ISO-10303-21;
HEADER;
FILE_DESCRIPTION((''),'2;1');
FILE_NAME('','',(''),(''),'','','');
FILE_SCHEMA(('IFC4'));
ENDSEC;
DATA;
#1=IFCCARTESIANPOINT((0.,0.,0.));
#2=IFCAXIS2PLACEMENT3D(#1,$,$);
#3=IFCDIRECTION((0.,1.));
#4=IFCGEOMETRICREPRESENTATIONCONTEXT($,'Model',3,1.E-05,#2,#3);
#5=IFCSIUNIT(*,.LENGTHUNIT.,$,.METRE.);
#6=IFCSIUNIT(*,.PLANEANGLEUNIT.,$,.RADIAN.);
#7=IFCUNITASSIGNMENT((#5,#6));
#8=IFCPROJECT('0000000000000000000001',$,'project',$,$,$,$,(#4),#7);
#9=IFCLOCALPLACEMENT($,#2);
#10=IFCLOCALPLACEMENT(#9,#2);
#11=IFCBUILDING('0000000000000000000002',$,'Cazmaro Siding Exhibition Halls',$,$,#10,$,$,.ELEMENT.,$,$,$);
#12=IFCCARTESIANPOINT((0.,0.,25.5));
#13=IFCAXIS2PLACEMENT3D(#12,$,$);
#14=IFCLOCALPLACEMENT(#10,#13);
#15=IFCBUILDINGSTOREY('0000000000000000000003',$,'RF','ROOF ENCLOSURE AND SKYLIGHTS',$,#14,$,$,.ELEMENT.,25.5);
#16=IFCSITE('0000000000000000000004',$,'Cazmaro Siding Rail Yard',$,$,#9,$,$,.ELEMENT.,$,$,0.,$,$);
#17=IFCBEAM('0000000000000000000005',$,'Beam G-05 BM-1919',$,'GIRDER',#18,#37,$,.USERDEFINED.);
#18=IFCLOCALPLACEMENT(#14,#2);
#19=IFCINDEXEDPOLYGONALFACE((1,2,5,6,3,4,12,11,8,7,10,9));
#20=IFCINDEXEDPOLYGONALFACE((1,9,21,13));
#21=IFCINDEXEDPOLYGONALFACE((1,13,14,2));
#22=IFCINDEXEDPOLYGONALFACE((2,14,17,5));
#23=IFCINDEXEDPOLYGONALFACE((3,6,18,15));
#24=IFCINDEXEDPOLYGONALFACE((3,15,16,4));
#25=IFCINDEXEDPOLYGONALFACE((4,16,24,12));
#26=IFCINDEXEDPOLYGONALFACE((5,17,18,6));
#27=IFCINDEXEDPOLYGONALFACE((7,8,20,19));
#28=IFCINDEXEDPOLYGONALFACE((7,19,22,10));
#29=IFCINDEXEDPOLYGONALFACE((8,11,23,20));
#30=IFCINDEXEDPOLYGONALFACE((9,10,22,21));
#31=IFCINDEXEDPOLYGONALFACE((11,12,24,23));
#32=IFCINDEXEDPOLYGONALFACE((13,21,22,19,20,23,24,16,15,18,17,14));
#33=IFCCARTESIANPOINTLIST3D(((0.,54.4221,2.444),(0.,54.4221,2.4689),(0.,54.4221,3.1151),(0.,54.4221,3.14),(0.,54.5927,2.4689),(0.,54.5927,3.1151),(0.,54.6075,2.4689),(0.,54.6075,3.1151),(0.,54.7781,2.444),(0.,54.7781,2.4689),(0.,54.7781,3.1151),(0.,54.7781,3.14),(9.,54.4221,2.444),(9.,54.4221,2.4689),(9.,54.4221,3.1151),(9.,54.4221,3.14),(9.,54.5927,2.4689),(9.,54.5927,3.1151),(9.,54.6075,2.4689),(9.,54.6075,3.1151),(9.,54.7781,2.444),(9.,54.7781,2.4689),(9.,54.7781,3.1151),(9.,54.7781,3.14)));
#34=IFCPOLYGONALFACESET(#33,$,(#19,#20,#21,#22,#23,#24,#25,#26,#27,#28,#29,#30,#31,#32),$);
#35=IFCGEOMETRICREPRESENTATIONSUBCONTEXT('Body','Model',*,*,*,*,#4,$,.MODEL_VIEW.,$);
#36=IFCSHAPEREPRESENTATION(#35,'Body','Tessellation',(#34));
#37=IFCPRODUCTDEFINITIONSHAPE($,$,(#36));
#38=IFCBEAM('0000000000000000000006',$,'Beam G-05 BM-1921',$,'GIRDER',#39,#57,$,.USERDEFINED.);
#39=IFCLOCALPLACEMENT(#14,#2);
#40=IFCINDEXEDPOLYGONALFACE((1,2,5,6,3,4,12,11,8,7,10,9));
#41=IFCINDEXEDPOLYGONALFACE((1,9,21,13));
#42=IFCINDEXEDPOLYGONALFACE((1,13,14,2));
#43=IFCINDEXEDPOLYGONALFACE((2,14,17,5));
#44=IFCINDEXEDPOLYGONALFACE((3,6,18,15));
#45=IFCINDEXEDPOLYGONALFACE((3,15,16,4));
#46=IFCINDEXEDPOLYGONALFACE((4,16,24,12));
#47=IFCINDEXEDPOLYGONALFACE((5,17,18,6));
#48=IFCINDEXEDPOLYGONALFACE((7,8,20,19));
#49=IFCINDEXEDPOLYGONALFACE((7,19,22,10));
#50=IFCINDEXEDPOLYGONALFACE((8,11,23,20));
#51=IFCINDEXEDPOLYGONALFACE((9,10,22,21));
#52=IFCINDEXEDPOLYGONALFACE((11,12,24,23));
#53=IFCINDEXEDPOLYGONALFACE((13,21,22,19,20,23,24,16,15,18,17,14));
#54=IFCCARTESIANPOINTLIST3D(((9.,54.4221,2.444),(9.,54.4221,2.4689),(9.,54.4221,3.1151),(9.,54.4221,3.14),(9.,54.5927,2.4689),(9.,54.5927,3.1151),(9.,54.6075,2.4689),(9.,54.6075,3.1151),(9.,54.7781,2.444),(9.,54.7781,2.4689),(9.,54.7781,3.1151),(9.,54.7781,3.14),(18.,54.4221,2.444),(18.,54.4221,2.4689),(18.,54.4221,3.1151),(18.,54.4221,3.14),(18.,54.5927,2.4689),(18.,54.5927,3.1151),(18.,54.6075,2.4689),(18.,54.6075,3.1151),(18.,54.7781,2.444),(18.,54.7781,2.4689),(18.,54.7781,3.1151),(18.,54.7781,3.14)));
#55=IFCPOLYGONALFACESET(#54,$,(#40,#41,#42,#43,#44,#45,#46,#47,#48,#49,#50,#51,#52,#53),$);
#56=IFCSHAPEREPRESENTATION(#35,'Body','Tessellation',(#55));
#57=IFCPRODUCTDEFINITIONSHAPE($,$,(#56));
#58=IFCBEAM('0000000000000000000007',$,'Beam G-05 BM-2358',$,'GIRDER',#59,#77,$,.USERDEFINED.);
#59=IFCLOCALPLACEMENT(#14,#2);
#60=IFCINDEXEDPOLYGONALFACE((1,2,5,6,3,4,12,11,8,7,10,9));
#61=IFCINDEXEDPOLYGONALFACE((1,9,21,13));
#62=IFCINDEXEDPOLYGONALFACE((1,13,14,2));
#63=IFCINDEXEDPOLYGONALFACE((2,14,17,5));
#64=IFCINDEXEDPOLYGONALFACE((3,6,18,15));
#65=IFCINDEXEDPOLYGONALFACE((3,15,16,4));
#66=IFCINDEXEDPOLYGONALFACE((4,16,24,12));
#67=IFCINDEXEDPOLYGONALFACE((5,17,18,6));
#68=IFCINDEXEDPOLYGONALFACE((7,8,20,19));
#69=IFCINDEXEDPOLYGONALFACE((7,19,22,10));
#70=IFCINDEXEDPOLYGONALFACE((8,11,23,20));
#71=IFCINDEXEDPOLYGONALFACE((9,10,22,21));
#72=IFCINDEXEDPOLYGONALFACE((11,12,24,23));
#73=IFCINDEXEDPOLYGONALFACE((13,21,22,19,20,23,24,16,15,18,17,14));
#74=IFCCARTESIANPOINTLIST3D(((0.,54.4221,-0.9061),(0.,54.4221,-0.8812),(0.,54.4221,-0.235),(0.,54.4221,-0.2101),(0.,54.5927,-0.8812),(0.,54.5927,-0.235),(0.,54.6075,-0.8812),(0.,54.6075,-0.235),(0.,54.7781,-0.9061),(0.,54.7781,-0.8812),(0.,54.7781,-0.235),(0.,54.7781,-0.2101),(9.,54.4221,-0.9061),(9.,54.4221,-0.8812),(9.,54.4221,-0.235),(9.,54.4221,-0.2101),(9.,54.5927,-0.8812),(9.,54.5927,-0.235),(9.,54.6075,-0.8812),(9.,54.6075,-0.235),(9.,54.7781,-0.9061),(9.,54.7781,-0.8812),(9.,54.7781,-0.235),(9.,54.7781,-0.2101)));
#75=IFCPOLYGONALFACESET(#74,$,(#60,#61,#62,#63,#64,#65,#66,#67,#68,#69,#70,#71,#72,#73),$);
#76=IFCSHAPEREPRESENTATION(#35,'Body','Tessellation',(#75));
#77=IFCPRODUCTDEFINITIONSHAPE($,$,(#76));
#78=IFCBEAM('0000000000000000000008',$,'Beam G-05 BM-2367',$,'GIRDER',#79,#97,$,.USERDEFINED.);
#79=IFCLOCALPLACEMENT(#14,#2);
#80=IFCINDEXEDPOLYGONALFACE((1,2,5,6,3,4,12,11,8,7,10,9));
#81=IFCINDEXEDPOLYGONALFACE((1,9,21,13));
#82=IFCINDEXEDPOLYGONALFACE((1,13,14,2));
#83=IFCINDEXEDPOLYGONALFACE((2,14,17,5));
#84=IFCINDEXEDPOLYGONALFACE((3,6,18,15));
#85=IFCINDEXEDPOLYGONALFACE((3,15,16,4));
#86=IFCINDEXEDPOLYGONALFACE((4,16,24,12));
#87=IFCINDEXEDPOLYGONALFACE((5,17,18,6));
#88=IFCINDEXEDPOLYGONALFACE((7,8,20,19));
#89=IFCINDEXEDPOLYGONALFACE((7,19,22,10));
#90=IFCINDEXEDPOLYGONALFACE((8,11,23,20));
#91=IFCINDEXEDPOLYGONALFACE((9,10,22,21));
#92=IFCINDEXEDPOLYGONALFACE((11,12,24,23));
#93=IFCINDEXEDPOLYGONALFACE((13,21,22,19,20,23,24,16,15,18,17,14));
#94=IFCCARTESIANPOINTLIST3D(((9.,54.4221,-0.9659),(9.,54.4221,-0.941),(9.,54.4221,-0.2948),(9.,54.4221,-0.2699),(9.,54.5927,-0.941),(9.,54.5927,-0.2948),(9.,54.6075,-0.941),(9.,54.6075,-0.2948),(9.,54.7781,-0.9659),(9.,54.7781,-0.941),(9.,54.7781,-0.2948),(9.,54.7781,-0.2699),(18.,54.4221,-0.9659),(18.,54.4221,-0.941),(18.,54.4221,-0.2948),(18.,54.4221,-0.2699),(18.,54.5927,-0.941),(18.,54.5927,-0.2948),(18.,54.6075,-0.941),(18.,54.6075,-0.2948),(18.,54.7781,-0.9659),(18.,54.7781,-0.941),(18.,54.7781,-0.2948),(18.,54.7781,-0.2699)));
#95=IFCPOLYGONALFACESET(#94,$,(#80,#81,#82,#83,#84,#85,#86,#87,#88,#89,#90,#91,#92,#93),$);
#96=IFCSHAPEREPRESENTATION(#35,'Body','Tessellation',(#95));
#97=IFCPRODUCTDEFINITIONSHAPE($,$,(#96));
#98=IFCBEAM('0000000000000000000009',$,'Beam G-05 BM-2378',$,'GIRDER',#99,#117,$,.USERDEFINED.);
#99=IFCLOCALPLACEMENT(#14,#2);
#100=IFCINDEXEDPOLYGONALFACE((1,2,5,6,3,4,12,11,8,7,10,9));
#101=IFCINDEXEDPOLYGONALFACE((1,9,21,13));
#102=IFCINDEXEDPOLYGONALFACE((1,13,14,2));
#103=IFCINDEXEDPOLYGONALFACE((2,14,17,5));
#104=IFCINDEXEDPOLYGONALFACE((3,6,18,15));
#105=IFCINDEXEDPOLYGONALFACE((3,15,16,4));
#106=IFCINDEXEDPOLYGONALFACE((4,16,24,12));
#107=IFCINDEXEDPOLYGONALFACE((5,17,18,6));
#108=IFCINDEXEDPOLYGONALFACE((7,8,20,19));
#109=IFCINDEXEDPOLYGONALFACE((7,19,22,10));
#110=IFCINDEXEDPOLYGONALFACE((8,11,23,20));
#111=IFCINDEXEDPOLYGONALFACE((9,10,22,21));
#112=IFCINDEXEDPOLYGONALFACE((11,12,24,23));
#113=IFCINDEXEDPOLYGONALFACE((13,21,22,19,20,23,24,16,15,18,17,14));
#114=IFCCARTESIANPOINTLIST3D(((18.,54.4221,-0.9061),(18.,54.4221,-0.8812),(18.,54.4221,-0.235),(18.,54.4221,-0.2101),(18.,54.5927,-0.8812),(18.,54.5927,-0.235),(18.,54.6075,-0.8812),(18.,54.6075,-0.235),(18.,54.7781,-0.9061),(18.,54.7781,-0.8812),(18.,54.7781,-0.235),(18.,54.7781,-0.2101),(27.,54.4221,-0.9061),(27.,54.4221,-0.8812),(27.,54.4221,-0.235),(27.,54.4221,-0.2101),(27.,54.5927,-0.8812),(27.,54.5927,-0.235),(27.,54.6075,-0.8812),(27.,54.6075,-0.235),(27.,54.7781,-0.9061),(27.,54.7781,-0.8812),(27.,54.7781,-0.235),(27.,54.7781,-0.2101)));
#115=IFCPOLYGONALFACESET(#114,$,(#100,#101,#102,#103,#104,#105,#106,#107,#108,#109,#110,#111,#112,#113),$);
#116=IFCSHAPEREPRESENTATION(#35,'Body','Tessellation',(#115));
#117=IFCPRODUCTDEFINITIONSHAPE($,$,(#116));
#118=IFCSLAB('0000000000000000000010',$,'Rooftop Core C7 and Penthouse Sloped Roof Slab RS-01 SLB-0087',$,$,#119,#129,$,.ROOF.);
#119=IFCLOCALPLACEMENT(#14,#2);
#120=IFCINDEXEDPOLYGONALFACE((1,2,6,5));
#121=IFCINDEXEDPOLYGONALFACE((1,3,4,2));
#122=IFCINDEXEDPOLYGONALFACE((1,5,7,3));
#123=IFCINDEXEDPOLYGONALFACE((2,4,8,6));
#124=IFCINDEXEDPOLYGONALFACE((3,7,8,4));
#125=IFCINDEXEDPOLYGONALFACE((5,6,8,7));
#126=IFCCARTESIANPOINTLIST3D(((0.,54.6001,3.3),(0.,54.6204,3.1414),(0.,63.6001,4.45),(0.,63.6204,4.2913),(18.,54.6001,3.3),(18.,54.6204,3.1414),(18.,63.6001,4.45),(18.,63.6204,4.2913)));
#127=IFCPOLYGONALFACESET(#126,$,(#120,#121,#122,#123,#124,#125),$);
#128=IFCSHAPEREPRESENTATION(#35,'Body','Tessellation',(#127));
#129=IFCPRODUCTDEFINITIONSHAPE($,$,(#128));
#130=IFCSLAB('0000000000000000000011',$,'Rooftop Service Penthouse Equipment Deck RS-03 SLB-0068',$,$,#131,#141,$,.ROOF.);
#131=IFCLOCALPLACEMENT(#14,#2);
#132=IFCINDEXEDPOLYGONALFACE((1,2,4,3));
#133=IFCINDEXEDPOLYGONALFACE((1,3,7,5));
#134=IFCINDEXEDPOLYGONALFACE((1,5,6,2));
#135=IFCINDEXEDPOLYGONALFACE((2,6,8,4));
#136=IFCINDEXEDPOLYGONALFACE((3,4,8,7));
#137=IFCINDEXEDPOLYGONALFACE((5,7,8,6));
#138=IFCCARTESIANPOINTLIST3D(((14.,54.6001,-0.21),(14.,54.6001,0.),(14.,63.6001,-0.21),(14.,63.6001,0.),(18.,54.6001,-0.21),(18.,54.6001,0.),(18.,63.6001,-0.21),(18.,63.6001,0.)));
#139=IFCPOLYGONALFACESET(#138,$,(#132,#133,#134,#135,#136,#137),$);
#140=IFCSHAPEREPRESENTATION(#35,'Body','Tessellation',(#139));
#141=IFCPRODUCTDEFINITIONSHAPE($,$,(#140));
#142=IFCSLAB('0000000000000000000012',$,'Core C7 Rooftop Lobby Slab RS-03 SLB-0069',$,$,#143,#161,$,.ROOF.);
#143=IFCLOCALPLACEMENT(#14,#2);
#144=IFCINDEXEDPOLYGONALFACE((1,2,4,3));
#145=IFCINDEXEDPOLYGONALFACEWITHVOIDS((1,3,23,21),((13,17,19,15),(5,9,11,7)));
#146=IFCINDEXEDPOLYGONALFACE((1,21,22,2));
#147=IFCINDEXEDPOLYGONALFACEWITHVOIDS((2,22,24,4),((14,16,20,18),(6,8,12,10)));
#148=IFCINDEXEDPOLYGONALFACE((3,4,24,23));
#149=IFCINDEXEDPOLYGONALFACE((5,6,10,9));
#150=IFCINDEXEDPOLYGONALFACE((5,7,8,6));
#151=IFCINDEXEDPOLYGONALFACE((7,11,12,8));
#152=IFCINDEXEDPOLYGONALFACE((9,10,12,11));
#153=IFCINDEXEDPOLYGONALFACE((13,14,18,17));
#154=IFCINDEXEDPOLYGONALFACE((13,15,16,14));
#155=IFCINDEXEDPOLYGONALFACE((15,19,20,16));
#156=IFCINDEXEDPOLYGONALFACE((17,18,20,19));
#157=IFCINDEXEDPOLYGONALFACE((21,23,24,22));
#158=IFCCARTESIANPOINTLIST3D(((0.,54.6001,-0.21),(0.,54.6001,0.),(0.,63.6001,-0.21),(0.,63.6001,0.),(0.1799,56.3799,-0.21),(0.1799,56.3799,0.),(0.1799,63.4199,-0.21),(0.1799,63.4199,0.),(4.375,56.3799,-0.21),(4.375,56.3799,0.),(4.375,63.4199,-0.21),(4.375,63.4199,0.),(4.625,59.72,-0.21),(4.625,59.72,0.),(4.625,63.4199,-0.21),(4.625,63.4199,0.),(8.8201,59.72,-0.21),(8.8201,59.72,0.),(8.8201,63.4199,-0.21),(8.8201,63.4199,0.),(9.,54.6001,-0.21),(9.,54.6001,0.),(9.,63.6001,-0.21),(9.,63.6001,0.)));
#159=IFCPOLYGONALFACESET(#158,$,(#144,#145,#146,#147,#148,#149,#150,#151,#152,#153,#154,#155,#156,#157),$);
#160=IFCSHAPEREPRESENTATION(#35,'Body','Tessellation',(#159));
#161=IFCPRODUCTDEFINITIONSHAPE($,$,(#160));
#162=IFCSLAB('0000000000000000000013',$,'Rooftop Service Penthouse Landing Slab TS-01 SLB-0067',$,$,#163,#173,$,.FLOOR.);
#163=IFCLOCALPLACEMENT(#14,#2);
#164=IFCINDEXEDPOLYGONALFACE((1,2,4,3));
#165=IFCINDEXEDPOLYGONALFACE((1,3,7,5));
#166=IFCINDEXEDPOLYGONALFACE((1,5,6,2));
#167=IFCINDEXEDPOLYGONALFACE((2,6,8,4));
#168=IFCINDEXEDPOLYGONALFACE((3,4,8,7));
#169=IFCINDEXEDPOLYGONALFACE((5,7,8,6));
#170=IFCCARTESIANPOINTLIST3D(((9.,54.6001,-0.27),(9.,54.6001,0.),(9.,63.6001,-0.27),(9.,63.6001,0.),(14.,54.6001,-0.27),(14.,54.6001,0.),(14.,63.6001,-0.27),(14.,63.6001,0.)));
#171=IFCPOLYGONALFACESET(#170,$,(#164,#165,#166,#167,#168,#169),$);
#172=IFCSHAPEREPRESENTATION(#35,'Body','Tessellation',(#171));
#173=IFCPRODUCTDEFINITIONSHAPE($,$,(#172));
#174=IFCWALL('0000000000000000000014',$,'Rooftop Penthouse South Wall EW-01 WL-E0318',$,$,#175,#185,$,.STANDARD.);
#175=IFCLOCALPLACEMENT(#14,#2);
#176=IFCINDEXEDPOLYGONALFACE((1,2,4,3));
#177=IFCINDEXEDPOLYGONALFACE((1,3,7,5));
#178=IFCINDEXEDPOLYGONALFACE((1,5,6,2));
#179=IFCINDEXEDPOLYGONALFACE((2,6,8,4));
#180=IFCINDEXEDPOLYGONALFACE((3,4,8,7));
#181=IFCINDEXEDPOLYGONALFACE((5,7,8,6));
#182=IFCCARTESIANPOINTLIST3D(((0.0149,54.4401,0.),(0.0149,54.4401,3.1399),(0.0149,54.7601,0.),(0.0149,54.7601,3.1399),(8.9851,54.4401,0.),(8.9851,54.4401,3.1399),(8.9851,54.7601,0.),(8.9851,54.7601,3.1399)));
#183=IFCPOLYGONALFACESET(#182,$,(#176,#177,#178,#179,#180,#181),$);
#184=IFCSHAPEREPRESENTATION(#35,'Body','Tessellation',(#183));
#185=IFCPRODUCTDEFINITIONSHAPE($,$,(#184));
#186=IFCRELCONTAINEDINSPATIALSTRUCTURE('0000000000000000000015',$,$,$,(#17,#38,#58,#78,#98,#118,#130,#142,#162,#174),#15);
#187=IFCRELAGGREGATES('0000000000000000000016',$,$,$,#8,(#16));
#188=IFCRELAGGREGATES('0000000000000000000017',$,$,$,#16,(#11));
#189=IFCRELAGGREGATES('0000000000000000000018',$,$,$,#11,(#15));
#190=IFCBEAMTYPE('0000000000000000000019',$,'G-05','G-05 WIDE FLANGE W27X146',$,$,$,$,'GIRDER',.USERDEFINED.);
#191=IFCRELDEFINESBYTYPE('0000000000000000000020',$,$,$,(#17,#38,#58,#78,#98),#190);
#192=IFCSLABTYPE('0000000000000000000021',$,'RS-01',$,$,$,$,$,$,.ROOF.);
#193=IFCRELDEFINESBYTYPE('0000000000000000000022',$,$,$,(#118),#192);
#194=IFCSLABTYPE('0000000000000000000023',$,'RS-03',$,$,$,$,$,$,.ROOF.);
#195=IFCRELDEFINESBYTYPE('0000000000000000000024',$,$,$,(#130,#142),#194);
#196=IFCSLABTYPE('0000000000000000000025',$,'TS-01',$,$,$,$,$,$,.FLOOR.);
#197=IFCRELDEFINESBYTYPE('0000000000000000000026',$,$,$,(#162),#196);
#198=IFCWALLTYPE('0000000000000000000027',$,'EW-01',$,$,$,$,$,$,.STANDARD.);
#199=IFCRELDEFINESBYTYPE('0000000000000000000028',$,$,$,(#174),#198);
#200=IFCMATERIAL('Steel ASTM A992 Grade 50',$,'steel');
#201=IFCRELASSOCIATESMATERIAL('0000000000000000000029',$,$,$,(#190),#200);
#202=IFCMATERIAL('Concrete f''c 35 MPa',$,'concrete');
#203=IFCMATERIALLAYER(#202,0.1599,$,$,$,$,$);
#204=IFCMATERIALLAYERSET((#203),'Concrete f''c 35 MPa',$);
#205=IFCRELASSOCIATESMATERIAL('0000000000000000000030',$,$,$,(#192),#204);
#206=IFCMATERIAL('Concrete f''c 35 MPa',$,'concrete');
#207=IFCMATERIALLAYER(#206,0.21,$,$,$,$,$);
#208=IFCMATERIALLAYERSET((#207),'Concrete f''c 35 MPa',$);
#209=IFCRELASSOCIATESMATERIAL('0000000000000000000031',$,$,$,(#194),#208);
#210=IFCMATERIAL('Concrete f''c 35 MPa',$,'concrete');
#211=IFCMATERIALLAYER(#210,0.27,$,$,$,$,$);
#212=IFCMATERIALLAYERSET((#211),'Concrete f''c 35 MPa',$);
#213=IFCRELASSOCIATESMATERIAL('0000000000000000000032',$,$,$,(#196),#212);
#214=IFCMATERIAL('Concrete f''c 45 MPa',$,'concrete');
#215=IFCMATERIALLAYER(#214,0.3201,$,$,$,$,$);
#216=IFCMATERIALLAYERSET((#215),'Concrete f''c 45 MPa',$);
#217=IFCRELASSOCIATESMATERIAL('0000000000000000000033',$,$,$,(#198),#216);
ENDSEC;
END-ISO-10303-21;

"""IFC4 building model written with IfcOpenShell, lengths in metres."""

from ifc_helpers import new_model, si_unit, direction, frame, frame_2d, origin, origin_2d, place, context, subcontext, project, spatial, polyline, rectangle, i_section, outline, extrude, material, layer, layer_set, material_profile, profile_set, type_object, element, save


model = new_model("IFC4")

# Units and contexts
model_context = context("Model", 3, precision=1e-05, world=origin(), true_north=direction((0.0, 1.0)))
body_context = subcontext(model_context, "Body", "Model", "MODEL_VIEW")
ifc_project = project(units=[si_unit("LENGTHUNIT", "METRE"), si_unit("PLANEANGLEUNIT", "RADIAN")], contexts=[model_context])

# Site, building, storey
site_placement = place(None, origin())
site = spatial("IfcSite", under=ifc_project, at=site_placement, Name="Cazmaro Siding Rail Yard", CompositionType="ELEMENT", RefElevation=0.0)
building_placement = place(site_placement, origin())
building = spatial("IfcBuilding", under=site, at=building_placement, Name="Cazmaro Siding Exhibition Halls", CompositionType="ELEMENT")
storey_placement = place(building_placement, frame((0.0, 0.0, 25.5)))
storey = spatial("IfcBuildingStorey", under=building, at=storey_placement, Name="RF", Description="ROOF ENCLOSURE AND SKYLIGHTS", CompositionType="ELEMENT", Elevation=25.5)

# Beams
ifc_material_1 = material(Name="Steel ASTM A992 Grade 50", Category="steel")
ifc_material_profile_1 = material_profile(ifc_material_1, i_section(OverallWidth=0.356, OverallDepth=0.696, WebThickness=0.0149, FlangeThickness=0.0249, at=origin_2d()), Name="W27X146")
ifc_profile_set_1 = profile_set([ifc_material_profile_1], Name="Steel ASTM A992 Grade 50")
beam_type_1 = type_object("IfcBeamType", Name="G-05", Description="G-05 WIDE FLANGE W27X146", ElementType="GIRDER", PredefinedType="USERDEFINED", material=ifc_profile_set_1)
for number, where, z_axis, x_axis, name in (
    (1, (0.0, 54.6001, 2.792), (1.0, 0.0, 0.0), (0.0, 1.0, 0.0), "Beam G-05 BM-1919"),
    (2, (9.0, 54.6001, 2.792), (1.0, 0.0, 0.0), (0.0, 1.0, 0.0), "Beam G-05 BM-1921"),
    (3, (0.0, 54.6001, -0.5581), (1.0, 0.0, 0.0), (0.0, 1.0, 0.0), "Beam G-05 BM-2358"),
    (4, (9.0, 54.6001, -0.6179), (1.0, 0.0, 0.0), (0.0, 1.0, 0.0), "Beam G-05 BM-2367"),
    (5, (18.0, 54.6001, -0.5581), (1.0, 0.0, 0.0), (0.0, 1.0, 0.0), "Beam G-05 BM-2378"),
):
    element("IfcBeam", number, at=place(storey_placement, frame(where, z_axis=z_axis, x_axis=x_axis)), inside=storey, type_object=beam_type_1, Name=name, ObjectType="GIRDER", PredefinedType="USERDEFINED", context=body_context, shape_type="SweptSolid", body=[
        extrude(i_section(OverallWidth=0.356, OverallDepth=0.696, WebThickness=0.0149, FlangeThickness=0.0249, at=origin_2d()), origin(), (0.0, 0.0, 1.0), 9.0),
    ])

# Slabs
ifc_material_2 = material(Name="Concrete f'c 35 MPa", Category="concrete")
ifc_layer_1 = layer(ifc_material_2, 0.1599)
ifc_layer_set_1 = layer_set([ifc_layer_1], Name="Concrete f'c 35 MPa")
slab_type_1 = type_object("IfcSlabType", Name="RS-01", PredefinedType="ROOF", material=ifc_layer_set_1)
slab_1_placement = place(storey_placement, frame((0.0, 54.6001, 3.3), z_axis=(0.0, -0.126737, 0.991936), x_axis=(1.0, 0.0, 0.0)))
element("IfcSlab", 6, at=slab_1_placement, inside=storey, type_object=slab_type_1, Name="Rooftop Core C7 and Penthouse Sloped Roof Slab RS-01 SLB-0087", PredefinedType="ROOF", context=body_context, shape_type="SweptSolid", body=[
    extrude(outline(polyline([(0.0, 0.0), (18.0, 0.0), (18.0, 9.0732), (0.0, 9.0732), (0.0, 0.0)])), origin(), (0.0, 0.0, -1.0), 0.1599),
])
ifc_material_3 = material(Name="Concrete f'c 35 MPa", Category="concrete")
ifc_layer_2 = layer(ifc_material_3, 0.21)
ifc_layer_set_2 = layer_set([ifc_layer_2], Name="Concrete f'c 35 MPa")
slab_type_2 = type_object("IfcSlabType", Name="RS-03", PredefinedType="ROOF", material=ifc_layer_set_2)
slab_2_placement = place(storey_placement, frame((0.0, 0.0, -0.21)))
element("IfcSlab", 7, at=slab_2_placement, inside=storey, type_object=slab_type_2, Name="Rooftop Service Penthouse Equipment Deck RS-03 SLB-0068", PredefinedType="ROOF", context=body_context, shape_type="SweptSolid", body=[
    extrude(outline(polyline([(14.0, 54.6001), (18.0, 54.6001), (18.0, 63.6001), (14.0, 63.6001), (14.0, 54.6001)])), origin(), (0.0, 0.0, 1.0), 0.21),
])
slab_3_placement = place(storey_placement, frame((0.0, 0.0, -0.21)))
element("IfcSlab", 8, at=slab_3_placement, inside=storey, type_object=slab_type_2, Name="Core C7 Rooftop Lobby Slab RS-03 SLB-0069", PredefinedType="ROOF", context=body_context, shape_type="SweptSolid", body=[
    extrude(outline(polyline([(0.0, 54.6001), (9.0, 54.6001), (9.0, 63.6001), (0.0, 63.6001), (0.0, 54.6001)]), holes=[polyline([(0.1799, 56.3799), (4.375, 56.3799), (4.375, 63.4199), (0.1799, 63.4199), (0.1799, 56.3799)]), polyline([(4.625, 59.72), (8.8201, 59.72), (8.8201, 63.4199), (4.625, 63.4199), (4.625, 59.72)])]), origin(), (0.0, 0.0, 1.0), 0.21),
])

# Slab
ifc_material_4 = material(Name="Concrete f'c 35 MPa", Category="concrete")
ifc_layer_3 = layer(ifc_material_4, 0.27)
ifc_layer_set_3 = layer_set([ifc_layer_3], Name="Concrete f'c 35 MPa")
slab_type_3 = type_object("IfcSlabType", Name="TS-01", PredefinedType="FLOOR", material=ifc_layer_set_3)
slab_4_placement = place(storey_placement, frame((0.0, 0.0, -0.27)))
element("IfcSlab", 9, at=slab_4_placement, inside=storey, type_object=slab_type_3, Name="Rooftop Service Penthouse Landing Slab TS-01 SLB-0067", PredefinedType="FLOOR", context=body_context, shape_type="SweptSolid", body=[
    extrude(outline(polyline([(9.0, 54.6001), (14.0, 54.6001), (14.0, 63.6001), (9.0, 63.6001), (9.0, 54.6001)])), origin(), (0.0, 0.0, 1.0), 0.27),
])

# Wall
ifc_material_5 = material(Name="Concrete f'c 45 MPa", Category="concrete")
ifc_layer_4 = layer(ifc_material_5, 0.3201)
ifc_layer_set_4 = layer_set([ifc_layer_4], Name="Concrete f'c 45 MPa")
wall_type = type_object("IfcWallType", Name="EW-01", PredefinedType="STANDARD", material=ifc_layer_set_4)
wall_placement = place(storey_placement, frame((8.9851, 54.6001, 0.0), z_axis=(0.0, 0.0, 1.0), x_axis=(-1.0, 0.0, 0.0)))
element("IfcWall", 10, at=wall_placement, inside=storey, type_object=wall_type, Name="Rooftop Penthouse South Wall EW-01 WL-E0318", PredefinedType="STANDARD", context=body_context, shape_type="SweptSolid", body=[
    extrude(rectangle(XDim=8.9702, YDim=0.3201, at=frame_2d((4.4851, 0.0))), origin(), (0.0, 0.0, 1.0), 3.1399),
])

save(model, "model.ifc")
